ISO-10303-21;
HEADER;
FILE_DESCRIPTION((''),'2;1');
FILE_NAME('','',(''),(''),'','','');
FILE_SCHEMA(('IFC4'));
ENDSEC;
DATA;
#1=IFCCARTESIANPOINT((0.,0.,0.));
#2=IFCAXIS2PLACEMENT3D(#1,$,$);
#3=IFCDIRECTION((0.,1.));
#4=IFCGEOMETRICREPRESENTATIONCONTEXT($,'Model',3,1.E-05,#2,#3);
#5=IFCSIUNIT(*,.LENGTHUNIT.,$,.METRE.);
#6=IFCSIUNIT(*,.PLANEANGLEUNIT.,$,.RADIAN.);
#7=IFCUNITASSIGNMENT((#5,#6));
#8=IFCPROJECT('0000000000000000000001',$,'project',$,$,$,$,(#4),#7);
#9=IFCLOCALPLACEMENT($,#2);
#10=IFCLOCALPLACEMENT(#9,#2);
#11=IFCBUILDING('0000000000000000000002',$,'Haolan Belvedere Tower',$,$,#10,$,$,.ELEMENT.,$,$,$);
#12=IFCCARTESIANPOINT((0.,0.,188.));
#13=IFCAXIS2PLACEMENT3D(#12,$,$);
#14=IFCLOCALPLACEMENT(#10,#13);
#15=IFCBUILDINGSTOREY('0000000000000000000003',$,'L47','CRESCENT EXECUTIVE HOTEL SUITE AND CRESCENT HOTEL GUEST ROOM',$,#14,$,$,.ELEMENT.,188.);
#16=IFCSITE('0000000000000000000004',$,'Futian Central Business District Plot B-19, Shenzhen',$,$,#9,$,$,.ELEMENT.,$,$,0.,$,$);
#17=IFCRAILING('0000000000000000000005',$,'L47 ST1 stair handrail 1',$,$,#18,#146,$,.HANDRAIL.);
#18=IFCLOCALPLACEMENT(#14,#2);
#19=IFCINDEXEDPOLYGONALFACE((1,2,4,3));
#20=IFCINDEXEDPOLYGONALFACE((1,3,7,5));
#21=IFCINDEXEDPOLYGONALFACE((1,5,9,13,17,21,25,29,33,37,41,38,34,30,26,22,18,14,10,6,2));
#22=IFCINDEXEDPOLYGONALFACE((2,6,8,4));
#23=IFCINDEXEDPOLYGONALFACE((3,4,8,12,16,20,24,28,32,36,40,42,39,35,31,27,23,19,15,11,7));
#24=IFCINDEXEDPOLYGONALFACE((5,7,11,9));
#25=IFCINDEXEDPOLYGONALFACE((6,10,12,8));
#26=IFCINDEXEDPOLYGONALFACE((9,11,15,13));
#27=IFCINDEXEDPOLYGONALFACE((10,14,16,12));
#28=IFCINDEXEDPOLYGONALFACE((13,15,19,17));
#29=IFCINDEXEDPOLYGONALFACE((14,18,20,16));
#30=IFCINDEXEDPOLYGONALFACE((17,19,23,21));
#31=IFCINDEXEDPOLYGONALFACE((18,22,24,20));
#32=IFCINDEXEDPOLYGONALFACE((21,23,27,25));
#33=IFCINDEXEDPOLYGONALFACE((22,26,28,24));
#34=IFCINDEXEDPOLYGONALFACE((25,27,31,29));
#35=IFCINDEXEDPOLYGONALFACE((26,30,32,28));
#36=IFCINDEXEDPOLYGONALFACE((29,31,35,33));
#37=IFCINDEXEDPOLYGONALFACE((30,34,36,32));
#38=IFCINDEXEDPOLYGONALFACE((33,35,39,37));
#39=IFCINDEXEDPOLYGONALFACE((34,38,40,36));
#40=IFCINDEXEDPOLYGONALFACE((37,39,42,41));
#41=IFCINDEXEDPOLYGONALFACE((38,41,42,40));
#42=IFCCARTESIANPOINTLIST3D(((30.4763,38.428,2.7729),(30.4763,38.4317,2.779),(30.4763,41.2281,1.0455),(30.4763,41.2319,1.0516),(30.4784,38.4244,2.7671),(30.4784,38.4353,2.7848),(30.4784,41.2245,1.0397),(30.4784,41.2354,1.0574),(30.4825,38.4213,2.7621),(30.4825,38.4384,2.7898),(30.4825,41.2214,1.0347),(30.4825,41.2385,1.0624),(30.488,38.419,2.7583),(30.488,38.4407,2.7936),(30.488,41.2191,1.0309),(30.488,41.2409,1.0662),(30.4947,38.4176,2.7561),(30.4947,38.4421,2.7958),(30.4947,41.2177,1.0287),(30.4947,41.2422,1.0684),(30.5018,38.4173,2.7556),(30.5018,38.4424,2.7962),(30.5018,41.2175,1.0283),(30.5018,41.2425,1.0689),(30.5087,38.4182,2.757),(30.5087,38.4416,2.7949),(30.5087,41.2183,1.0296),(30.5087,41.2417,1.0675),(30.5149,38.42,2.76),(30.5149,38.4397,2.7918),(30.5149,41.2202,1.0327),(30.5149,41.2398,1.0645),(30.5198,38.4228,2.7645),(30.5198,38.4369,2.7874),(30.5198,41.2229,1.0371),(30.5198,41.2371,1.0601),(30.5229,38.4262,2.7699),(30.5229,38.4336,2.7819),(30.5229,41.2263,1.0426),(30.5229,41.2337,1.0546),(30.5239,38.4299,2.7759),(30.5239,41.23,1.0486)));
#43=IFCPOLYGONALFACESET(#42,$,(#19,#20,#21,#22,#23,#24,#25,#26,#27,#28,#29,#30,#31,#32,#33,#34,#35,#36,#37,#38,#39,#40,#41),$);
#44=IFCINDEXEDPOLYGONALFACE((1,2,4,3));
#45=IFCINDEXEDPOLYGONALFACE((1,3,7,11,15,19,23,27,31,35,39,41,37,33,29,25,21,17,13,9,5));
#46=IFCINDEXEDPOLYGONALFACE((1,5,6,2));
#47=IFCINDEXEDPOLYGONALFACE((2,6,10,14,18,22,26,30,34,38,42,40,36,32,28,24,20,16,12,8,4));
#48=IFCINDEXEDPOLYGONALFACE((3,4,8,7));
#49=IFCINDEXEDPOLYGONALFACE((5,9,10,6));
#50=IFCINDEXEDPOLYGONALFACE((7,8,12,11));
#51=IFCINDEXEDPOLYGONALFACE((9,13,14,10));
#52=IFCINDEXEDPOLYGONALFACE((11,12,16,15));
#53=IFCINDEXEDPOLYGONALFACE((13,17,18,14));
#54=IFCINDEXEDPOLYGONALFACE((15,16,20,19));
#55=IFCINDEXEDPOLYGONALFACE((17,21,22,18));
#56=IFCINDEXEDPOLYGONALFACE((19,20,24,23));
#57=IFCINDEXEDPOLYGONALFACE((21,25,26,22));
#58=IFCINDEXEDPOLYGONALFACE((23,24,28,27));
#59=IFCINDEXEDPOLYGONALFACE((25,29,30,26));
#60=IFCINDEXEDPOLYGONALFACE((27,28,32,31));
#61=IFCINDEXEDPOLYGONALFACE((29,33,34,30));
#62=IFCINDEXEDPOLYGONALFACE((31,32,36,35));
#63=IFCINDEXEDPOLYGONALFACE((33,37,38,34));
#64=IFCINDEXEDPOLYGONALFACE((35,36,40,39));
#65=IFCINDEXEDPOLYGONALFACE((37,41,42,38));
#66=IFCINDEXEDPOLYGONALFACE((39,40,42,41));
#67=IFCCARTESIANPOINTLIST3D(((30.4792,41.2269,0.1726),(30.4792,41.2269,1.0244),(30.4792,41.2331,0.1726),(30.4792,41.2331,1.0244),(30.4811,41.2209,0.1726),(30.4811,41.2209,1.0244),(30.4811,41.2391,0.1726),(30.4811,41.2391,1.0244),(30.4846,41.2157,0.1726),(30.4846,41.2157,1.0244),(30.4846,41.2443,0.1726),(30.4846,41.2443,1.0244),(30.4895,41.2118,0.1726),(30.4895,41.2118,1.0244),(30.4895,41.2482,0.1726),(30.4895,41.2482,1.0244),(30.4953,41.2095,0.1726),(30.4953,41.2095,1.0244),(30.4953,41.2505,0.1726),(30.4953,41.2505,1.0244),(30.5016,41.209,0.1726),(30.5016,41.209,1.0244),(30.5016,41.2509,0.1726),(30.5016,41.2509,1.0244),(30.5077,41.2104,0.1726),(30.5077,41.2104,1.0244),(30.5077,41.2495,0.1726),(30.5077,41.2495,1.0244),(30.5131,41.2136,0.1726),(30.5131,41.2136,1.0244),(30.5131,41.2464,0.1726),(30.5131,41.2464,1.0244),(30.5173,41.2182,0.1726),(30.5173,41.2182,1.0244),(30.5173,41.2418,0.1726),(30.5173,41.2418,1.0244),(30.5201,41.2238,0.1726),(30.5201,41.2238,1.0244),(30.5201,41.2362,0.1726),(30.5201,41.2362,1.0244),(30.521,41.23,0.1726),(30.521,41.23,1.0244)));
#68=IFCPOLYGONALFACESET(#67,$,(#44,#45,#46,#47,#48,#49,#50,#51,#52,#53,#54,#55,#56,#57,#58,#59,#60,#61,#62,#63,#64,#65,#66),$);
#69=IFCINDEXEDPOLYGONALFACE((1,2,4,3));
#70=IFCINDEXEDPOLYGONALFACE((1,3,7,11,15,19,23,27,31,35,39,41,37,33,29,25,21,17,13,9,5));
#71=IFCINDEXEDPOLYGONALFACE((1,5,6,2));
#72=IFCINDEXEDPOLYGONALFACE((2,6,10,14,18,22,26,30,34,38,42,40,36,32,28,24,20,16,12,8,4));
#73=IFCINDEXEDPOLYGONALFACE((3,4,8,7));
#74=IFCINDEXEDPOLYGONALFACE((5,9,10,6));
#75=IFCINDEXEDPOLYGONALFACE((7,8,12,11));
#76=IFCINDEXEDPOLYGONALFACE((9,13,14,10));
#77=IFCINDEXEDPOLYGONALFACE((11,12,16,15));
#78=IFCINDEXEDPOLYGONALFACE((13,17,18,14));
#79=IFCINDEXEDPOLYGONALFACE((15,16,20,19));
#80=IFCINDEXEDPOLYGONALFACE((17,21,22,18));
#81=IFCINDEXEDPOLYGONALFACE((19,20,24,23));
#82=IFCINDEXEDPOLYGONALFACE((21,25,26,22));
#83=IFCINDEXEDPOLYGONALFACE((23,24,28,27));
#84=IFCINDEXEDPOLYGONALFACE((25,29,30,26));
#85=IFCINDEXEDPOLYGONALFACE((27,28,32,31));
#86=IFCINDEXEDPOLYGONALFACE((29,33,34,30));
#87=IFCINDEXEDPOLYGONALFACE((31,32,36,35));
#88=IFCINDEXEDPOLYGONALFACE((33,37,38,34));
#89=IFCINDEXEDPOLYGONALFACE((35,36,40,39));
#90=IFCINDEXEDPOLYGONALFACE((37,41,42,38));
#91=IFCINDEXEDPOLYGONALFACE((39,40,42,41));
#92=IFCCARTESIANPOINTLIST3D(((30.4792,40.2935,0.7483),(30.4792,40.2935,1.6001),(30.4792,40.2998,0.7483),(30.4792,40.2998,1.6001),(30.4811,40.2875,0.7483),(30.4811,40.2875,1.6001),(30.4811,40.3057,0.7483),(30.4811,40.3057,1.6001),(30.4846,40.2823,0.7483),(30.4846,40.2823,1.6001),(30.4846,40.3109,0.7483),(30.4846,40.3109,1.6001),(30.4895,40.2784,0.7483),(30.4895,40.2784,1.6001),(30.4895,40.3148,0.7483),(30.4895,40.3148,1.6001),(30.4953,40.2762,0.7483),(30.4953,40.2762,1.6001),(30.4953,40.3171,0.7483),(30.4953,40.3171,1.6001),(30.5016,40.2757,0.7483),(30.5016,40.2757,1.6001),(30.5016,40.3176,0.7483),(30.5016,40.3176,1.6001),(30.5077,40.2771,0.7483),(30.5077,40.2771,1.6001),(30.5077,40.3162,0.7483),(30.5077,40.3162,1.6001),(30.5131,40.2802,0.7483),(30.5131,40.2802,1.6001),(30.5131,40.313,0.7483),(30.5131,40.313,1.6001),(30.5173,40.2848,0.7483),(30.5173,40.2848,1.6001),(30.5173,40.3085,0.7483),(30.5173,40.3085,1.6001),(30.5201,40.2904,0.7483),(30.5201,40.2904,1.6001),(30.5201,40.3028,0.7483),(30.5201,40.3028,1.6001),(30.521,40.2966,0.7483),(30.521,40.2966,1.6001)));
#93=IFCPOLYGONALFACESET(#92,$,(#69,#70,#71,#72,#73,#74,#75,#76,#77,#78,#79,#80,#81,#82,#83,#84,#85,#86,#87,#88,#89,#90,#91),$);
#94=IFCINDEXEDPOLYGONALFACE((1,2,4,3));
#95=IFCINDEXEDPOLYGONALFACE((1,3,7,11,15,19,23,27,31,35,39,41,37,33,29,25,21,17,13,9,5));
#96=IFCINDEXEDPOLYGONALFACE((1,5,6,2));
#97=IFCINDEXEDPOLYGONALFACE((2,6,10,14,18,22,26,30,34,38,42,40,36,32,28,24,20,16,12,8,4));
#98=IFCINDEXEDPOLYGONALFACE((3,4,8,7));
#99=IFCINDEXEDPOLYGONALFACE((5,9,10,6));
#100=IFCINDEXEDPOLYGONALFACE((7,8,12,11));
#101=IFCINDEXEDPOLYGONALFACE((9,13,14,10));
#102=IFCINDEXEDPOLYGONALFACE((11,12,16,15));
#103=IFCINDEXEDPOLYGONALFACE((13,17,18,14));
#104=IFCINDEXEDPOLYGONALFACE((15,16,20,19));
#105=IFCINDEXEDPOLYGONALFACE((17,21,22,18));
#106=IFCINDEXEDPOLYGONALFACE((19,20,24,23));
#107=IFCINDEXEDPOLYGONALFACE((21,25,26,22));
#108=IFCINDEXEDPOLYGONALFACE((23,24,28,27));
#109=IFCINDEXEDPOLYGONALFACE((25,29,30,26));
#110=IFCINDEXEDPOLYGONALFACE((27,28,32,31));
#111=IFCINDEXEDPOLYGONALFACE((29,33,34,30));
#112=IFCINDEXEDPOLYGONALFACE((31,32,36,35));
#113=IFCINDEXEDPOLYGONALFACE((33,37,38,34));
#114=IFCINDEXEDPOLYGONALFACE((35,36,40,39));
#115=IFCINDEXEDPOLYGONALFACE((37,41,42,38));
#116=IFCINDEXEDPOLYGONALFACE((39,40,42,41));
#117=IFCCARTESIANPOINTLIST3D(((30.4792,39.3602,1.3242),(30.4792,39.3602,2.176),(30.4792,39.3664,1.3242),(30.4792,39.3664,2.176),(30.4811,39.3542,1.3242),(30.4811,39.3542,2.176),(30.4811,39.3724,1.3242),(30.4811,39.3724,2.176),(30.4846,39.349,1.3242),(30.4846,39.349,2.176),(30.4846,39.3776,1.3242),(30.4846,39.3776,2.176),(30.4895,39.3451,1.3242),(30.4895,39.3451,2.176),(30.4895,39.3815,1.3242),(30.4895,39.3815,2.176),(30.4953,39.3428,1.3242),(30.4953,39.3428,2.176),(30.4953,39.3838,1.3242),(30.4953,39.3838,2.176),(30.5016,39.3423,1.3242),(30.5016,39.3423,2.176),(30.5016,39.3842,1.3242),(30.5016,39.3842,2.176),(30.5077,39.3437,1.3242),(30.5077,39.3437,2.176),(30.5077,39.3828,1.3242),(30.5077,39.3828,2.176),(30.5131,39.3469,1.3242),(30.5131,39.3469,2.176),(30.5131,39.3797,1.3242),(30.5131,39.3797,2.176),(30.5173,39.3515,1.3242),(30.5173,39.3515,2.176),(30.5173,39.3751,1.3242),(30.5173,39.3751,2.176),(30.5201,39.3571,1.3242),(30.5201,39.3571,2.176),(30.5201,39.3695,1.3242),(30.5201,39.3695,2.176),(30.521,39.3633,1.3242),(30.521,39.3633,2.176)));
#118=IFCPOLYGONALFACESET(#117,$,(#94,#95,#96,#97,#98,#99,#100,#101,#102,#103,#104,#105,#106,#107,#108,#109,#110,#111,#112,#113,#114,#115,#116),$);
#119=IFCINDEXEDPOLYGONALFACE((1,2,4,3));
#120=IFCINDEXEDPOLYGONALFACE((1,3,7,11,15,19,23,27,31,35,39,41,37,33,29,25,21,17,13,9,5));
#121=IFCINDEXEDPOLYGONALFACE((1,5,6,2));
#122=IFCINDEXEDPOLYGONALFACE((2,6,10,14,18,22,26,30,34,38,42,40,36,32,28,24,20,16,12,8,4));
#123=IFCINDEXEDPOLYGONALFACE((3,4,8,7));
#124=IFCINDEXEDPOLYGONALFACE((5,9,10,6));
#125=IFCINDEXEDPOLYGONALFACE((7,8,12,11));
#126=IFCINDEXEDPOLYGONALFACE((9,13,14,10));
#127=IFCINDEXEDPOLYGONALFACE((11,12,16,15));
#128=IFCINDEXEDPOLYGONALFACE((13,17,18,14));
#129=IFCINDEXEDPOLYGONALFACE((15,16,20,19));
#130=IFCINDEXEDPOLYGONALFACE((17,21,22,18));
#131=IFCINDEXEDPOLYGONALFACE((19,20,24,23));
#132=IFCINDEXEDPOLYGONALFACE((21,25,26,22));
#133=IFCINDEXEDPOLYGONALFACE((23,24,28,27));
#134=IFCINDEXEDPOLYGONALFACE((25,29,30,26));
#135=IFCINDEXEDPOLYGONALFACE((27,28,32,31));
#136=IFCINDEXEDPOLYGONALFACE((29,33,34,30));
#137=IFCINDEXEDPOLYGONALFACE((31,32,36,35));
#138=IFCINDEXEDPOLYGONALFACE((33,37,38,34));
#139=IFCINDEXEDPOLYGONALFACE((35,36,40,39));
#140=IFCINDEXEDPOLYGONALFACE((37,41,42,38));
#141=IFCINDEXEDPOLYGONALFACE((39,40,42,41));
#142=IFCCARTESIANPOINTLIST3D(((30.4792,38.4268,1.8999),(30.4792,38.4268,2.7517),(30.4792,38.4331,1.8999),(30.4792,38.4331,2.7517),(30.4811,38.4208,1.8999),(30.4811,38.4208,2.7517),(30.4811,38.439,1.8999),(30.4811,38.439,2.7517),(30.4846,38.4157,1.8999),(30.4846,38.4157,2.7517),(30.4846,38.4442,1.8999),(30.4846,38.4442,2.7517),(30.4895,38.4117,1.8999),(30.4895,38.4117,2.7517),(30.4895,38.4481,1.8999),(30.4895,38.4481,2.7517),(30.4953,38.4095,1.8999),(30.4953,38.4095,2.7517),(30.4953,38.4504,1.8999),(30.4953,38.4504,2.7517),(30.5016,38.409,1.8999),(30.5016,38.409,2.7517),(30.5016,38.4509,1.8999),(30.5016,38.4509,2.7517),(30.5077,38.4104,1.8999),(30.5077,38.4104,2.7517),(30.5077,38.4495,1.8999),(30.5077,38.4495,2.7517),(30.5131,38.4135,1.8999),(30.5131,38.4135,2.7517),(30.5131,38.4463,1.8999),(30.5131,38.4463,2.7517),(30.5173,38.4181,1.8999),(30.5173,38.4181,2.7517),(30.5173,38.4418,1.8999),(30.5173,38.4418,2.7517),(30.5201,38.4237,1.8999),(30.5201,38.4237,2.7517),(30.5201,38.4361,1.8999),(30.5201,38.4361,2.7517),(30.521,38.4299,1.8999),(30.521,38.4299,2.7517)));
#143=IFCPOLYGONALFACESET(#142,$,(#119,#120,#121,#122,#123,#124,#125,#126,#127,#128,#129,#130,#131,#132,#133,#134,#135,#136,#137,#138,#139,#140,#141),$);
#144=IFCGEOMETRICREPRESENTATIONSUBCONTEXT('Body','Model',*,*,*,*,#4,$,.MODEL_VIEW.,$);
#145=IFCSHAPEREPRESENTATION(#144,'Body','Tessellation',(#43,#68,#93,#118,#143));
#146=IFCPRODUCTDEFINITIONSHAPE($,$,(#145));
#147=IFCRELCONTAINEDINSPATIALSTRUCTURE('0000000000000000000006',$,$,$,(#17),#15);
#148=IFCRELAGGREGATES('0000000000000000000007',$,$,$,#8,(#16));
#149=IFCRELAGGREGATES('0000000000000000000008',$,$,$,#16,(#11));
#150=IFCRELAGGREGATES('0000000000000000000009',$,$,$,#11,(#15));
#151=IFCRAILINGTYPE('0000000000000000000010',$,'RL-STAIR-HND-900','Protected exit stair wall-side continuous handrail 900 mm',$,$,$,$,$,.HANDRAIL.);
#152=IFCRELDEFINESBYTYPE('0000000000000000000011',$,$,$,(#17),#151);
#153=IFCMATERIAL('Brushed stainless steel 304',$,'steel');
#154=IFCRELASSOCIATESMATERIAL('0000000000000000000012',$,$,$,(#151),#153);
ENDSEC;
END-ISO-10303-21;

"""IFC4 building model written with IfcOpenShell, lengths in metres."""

from ifc_helpers import new_model, si_unit, direction, frame, origin, origin_2d, place, context, subcontext, project, spatial, circle, extrude, material, type_object, element, save


model = new_model("IFC4")

# Units and contexts
model_context = context("Model", 3, precision=1e-05, world=origin(), true_north=direction((0.0, 1.0)))
body_context = subcontext(model_context, "Body", "Model", "MODEL_VIEW")
ifc_project = project(units=[si_unit("LENGTHUNIT", "METRE"), si_unit("PLANEANGLEUNIT", "RADIAN")], contexts=[model_context])

# Site, building, storey
site_placement = place(None, origin())
site = spatial("IfcSite", under=ifc_project, at=site_placement, Name="Futian Central Business District Plot B-19, Shenzhen", CompositionType="ELEMENT", RefElevation=0.0)
building_placement = place(site_placement, origin())
building = spatial("IfcBuilding", under=site, at=building_placement, Name="Haolan Belvedere Tower", CompositionType="ELEMENT")
storey_placement = place(building_placement, frame((0.0, 0.0, 188.0)))
storey = spatial("IfcBuildingStorey", under=building, at=storey_placement, Name="L47", Description="CRESCENT EXECUTIVE HOTEL SUITE AND CRESCENT HOTEL GUEST ROOM", CompositionType="ELEMENT", Elevation=188.0)

# Railing
ifc_material_1 = material(Name="Brushed stainless steel 304", Category="steel")
railing_type_1 = type_object("IfcRailingType", Name="RL-STAIR-HND-900", Description="Protected exit stair wall-side continuous handrail 900 mm", PredefinedType="HANDRAIL", material=ifc_material_1)
railing_1_placement = place(storey_placement, frame((30.5, 41.23, 0.1726)))
element("IfcRailing", 1, at=railing_1_placement, inside=storey, type_object=railing_type_1, Name="L47 ST1 stair handrail 1", PredefinedType="HANDRAIL", context=body_context, shape_type="SweptSolid", body=[
    extrude(circle(Radius=0.0239, at=origin_2d()), frame((0.0, 0.0, 0.876), z_axis=(0.0, -0.85109, 0.52502), x_axis=(1.0, 0.0, 0.0)), (0.0, 0.0, 1.0), 3.29),
    extrude(circle(Radius=0.021, at=origin_2d()), origin(), (0.0, 0.0, 1.0), 0.8518),
    extrude(circle(Radius=0.021, at=origin_2d()), frame((0.0, -0.9333, 0.5757)), (0.0, 0.0, 1.0), 0.8518),
    extrude(circle(Radius=0.021, at=origin_2d()), frame((0.0, -1.8667, 1.1516)), (0.0, 0.0, 1.0), 0.8518),
    extrude(circle(Radius=0.021, at=origin_2d()), frame((0.0, -2.8, 1.7273)), (0.0, 0.0, 1.0), 0.8518),
])

save(model, "model.ifc")
